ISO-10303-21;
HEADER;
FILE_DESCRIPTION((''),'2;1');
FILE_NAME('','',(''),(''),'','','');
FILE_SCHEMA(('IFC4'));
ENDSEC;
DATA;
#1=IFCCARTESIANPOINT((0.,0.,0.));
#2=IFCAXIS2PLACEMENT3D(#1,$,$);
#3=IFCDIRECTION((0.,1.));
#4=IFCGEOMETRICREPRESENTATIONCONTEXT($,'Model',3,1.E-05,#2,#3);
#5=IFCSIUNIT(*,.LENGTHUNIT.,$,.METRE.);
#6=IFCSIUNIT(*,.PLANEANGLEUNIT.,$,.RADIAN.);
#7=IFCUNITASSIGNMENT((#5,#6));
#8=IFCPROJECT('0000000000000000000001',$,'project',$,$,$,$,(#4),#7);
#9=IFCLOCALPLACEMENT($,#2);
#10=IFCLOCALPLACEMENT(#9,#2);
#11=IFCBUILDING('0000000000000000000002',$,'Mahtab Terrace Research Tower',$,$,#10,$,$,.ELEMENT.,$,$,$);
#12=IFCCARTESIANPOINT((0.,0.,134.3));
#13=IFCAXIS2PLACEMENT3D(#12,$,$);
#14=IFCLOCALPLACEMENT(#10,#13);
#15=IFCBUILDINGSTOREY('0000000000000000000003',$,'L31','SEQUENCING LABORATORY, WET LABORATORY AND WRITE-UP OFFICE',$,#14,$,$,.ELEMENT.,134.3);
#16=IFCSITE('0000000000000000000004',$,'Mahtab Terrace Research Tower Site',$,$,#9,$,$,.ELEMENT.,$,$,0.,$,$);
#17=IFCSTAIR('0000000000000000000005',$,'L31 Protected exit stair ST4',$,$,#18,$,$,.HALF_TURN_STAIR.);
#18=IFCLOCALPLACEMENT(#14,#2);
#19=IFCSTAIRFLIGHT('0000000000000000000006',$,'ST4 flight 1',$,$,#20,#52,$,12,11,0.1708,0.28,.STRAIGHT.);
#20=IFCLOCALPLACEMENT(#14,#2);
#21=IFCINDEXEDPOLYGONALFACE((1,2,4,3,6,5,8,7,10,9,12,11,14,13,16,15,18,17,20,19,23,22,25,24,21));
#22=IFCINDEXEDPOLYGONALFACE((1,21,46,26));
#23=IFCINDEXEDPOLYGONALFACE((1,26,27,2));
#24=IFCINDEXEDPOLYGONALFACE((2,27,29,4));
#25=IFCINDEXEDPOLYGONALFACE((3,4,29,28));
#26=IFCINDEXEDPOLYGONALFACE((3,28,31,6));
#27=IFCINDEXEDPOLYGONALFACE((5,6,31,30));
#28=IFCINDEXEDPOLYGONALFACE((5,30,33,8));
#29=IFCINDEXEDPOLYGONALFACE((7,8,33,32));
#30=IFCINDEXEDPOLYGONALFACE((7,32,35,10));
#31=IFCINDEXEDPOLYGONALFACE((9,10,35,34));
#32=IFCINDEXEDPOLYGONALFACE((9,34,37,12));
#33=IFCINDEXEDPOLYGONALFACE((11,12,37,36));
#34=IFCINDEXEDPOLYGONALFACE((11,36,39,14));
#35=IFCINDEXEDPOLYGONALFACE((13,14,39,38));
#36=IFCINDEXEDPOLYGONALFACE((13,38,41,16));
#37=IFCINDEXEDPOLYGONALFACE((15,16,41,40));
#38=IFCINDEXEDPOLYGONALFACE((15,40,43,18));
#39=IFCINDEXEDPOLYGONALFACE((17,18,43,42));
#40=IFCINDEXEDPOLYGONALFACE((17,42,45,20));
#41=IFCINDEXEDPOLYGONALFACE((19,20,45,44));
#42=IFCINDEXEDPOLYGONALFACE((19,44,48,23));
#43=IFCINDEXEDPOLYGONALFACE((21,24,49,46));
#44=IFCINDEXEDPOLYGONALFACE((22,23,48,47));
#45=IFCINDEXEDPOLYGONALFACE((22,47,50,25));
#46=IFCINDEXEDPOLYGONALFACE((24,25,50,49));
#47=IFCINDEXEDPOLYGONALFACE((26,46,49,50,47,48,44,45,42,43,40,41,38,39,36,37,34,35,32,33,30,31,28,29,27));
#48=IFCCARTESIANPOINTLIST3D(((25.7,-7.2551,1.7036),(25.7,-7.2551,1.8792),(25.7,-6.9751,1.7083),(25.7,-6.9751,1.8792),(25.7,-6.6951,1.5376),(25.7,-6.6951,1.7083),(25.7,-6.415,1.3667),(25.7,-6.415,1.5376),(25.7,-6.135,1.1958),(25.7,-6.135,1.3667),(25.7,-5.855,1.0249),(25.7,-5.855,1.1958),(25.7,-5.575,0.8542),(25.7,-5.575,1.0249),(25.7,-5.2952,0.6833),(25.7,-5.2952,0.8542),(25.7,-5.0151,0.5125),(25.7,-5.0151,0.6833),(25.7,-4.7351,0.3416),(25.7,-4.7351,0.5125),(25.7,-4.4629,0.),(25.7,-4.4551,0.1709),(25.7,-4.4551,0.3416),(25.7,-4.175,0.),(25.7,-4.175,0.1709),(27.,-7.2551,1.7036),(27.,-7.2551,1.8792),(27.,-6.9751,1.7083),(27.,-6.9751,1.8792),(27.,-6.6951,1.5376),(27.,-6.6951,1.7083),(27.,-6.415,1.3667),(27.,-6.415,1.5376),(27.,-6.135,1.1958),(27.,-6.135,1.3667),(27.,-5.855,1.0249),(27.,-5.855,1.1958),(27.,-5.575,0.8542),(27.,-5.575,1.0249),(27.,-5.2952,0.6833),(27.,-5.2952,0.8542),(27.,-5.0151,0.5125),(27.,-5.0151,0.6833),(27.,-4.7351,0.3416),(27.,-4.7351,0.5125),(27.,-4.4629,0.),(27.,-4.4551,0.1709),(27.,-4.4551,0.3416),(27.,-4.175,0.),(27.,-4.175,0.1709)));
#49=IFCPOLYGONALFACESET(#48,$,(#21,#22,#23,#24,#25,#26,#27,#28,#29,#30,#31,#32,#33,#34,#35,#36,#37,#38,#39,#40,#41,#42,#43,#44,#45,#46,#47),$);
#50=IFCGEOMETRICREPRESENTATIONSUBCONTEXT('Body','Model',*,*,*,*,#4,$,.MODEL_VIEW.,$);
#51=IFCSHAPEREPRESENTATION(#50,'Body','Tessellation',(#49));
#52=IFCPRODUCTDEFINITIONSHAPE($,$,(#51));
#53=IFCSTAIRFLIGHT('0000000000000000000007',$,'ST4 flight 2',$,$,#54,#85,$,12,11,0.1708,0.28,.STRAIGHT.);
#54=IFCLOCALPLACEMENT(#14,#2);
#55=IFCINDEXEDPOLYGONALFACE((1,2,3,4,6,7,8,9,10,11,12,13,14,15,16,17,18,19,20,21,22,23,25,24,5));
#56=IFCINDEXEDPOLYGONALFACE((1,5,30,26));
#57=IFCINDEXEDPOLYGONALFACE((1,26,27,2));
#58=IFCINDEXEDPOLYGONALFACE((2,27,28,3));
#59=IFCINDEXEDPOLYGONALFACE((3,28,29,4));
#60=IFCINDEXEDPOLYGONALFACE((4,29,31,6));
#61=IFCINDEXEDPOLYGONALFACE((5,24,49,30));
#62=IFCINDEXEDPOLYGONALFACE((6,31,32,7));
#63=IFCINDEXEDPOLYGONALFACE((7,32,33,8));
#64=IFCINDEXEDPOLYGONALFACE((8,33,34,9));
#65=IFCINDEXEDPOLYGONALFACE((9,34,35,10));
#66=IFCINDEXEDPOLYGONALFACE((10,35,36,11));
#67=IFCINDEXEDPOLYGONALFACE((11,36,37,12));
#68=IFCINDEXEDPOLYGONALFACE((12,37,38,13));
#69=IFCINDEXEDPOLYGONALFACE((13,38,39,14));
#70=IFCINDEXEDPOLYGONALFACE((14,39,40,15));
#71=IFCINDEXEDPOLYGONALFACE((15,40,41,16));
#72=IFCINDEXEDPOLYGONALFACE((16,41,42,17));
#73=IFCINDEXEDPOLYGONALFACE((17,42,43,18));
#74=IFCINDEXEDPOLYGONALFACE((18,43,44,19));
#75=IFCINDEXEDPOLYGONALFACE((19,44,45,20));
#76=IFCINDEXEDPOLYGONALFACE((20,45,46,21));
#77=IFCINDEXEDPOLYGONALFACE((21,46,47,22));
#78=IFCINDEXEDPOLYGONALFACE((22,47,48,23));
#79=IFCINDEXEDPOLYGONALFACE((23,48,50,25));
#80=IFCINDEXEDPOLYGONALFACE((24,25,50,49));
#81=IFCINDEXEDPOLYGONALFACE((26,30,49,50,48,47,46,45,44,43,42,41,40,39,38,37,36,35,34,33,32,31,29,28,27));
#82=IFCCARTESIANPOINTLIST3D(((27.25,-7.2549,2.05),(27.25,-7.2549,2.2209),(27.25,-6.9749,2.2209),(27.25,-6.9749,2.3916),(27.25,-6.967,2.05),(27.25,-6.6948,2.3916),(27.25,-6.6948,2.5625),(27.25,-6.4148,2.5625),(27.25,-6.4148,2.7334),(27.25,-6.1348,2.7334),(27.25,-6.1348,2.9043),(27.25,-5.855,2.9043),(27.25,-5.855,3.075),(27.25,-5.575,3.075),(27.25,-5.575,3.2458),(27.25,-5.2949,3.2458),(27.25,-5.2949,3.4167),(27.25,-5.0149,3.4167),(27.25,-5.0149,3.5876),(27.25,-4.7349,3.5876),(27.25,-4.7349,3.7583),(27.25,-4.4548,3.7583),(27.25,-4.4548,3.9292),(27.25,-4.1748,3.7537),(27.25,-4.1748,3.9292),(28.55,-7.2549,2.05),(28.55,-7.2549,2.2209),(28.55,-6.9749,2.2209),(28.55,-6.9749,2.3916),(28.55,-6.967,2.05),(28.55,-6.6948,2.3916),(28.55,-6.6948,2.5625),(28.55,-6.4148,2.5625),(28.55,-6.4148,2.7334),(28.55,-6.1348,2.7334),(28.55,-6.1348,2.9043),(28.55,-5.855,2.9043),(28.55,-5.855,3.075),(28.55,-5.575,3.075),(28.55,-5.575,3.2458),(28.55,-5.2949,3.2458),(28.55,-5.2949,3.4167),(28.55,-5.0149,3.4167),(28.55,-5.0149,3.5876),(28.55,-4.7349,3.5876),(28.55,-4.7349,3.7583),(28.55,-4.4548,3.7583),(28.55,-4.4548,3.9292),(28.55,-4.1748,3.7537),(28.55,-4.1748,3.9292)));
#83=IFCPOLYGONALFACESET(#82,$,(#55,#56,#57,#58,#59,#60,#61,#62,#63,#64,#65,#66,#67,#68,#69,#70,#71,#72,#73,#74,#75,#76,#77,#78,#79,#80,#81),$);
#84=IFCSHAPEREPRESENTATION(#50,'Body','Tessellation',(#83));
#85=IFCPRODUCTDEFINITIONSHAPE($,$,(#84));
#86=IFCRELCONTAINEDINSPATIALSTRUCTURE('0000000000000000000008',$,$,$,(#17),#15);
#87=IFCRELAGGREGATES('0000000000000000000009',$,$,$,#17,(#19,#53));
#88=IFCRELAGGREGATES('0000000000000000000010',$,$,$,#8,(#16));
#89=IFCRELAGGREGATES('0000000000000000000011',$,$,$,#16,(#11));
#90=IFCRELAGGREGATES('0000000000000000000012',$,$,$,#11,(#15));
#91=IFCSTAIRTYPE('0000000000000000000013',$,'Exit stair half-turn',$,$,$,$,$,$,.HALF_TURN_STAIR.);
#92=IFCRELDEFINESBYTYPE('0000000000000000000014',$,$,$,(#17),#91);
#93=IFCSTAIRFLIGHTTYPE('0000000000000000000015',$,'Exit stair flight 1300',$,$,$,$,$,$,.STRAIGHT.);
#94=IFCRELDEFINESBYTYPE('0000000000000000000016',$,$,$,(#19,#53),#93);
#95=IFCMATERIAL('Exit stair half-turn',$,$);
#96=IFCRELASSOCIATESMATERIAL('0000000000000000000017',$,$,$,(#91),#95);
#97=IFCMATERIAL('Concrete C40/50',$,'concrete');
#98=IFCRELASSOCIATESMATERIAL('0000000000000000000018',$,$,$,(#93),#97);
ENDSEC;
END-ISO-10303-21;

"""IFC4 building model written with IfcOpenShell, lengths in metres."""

from ifc_helpers import new_model, si_unit, direction, frame, origin, place, context, subcontext, project, spatial, polyline, outline, extrude, material, type_object, element, aggregate, save


model = new_model("IFC4")

# Units and contexts
model_context = context("Model", 3, precision=1e-05, world=origin(), true_north=direction((0.0, 1.0)))
body_context = subcontext(model_context, "Body", "Model", "MODEL_VIEW")
ifc_project = project(units=[si_unit("LENGTHUNIT", "METRE"), si_unit("PLANEANGLEUNIT", "RADIAN")], contexts=[model_context])

# Site, building, storey
site_placement = place(None, origin())
site = spatial("IfcSite", under=ifc_project, at=site_placement, Name="Mahtab Terrace Research Tower Site", CompositionType="ELEMENT", RefElevation=0.0)
building_placement = place(site_placement, origin())
building = spatial("IfcBuilding", under=site, at=building_placement, Name="Mahtab Terrace Research Tower", CompositionType="ELEMENT")
storey_placement = place(building_placement, frame((0.0, 0.0, 134.3)))
storey = spatial("IfcBuildingStorey", under=building, at=storey_placement, Name="L31", Description="SEQUENCING LABORATORY, WET LABORATORY AND WRITE-UP OFFICE", CompositionType="ELEMENT", Elevation=134.3)

# Stair, stair flights
ifc_material_1 = material(Name="Exit stair half-turn")
stair_type = type_object("IfcStairType", Name="Exit stair half-turn", PredefinedType="HALF_TURN_STAIR", material=ifc_material_1)
stair_placement = place(storey_placement, origin())
stair = element("IfcStair", 1, at=stair_placement, inside=storey, type_object=stair_type, Name="L31 Protected exit stair ST4", PredefinedType="HALF_TURN_STAIR")
ifc_material_2 = material(Name="Concrete C40/50", Category="concrete")
stair_flight_type = type_object("IfcStairFlightType", Name="Exit stair flight 1300", PredefinedType="STRAIGHT", material=ifc_material_2)
stair_flight_1_placement = place(storey_placement, frame((26.3501, -4.175, 0.0), z_axis=(0.0, 0.0, 1.0), x_axis=(0.0, -1.0, 0.0)))
stair_flight_1 = element("IfcStairFlight", 2, at=stair_flight_1_placement, type_object=stair_flight_type, Name="ST4 flight 1", NumberOfRisers=12, NumberOfTreads=11, PredefinedType="STRAIGHT", RiserHeight=0.1708, TreadLength=0.28, context=body_context, shape_type="SweptSolid", body=[
    extrude(outline(polyline([(0.0, 0.0), (0.0, 0.1709), (0.28, 0.1709), (0.28, 0.3416), (0.5601, 0.3416), (0.5601, 0.5125), (0.8401, 0.5125), (0.8401, 0.6833), (1.1201, 0.6833), (1.1201, 0.8542), (1.3999, 0.8542), (1.3999, 1.0249), (1.6799, 1.0249), (1.6799, 1.1958), (1.96, 1.1958), (1.96, 1.3667), (2.24, 1.3667), (2.24, 1.5376), (2.52, 1.5376), (2.52, 1.7083), (2.8, 1.7083), (2.8, 1.8792), (3.0801, 1.8792), (3.0801, 2.05), (3.0801, 1.7036), (0.2878, 0.0), (0.0, 0.0)])), frame((0.0, 0.6499, 0.0), z_axis=(0.0, -1.0, 0.0), x_axis=(1.0, 0.0, 0.0)), (0.0, 0.0, 1.0), 1.3),
])
stair_flight_2_placement = place(storey_placement, frame((27.8999, -7.2549, 2.05), z_axis=(0.0, 0.0, 1.0), x_axis=(0.0, 1.0, 0.0)))
stair_flight_2 = element("IfcStairFlight", 3, at=stair_flight_2_placement, type_object=stair_flight_type, Name="ST4 flight 2", NumberOfRisers=12, NumberOfTreads=11, PredefinedType="STRAIGHT", RiserHeight=0.1708, TreadLength=0.28, context=body_context, shape_type="SweptSolid", body=[
    extrude(outline(polyline([(0.0, 0.0), (0.0, 0.1709), (0.28, 0.1709), (0.28, 0.3416), (0.5601, 0.3416), (0.5601, 0.5125), (0.8401, 0.5125), (0.8401, 0.6833), (1.1201, 0.6833), (1.1201, 0.8542), (1.3999, 0.8542), (1.3999, 1.0249), (1.6799, 1.0249), (1.6799, 1.1958), (1.96, 1.1958), (1.96, 1.3667), (2.24, 1.3667), (2.24, 1.5376), (2.52, 1.5376), (2.52, 1.7083), (2.8, 1.7083), (2.8, 1.8792), (3.0801, 1.8792), (3.0801, 2.05), (3.0801, 1.7036), (0.2878, 0.0), (0.0, 0.0)])), frame((0.0, 0.6499, 0.0), z_axis=(0.0, -1.0, 0.0), x_axis=(1.0, 0.0, 0.0)), (0.0, 0.0, 1.0), 1.3),
])
aggregate(stair, [stair_flight_1, stair_flight_2])

save(model, "model.ifc")
